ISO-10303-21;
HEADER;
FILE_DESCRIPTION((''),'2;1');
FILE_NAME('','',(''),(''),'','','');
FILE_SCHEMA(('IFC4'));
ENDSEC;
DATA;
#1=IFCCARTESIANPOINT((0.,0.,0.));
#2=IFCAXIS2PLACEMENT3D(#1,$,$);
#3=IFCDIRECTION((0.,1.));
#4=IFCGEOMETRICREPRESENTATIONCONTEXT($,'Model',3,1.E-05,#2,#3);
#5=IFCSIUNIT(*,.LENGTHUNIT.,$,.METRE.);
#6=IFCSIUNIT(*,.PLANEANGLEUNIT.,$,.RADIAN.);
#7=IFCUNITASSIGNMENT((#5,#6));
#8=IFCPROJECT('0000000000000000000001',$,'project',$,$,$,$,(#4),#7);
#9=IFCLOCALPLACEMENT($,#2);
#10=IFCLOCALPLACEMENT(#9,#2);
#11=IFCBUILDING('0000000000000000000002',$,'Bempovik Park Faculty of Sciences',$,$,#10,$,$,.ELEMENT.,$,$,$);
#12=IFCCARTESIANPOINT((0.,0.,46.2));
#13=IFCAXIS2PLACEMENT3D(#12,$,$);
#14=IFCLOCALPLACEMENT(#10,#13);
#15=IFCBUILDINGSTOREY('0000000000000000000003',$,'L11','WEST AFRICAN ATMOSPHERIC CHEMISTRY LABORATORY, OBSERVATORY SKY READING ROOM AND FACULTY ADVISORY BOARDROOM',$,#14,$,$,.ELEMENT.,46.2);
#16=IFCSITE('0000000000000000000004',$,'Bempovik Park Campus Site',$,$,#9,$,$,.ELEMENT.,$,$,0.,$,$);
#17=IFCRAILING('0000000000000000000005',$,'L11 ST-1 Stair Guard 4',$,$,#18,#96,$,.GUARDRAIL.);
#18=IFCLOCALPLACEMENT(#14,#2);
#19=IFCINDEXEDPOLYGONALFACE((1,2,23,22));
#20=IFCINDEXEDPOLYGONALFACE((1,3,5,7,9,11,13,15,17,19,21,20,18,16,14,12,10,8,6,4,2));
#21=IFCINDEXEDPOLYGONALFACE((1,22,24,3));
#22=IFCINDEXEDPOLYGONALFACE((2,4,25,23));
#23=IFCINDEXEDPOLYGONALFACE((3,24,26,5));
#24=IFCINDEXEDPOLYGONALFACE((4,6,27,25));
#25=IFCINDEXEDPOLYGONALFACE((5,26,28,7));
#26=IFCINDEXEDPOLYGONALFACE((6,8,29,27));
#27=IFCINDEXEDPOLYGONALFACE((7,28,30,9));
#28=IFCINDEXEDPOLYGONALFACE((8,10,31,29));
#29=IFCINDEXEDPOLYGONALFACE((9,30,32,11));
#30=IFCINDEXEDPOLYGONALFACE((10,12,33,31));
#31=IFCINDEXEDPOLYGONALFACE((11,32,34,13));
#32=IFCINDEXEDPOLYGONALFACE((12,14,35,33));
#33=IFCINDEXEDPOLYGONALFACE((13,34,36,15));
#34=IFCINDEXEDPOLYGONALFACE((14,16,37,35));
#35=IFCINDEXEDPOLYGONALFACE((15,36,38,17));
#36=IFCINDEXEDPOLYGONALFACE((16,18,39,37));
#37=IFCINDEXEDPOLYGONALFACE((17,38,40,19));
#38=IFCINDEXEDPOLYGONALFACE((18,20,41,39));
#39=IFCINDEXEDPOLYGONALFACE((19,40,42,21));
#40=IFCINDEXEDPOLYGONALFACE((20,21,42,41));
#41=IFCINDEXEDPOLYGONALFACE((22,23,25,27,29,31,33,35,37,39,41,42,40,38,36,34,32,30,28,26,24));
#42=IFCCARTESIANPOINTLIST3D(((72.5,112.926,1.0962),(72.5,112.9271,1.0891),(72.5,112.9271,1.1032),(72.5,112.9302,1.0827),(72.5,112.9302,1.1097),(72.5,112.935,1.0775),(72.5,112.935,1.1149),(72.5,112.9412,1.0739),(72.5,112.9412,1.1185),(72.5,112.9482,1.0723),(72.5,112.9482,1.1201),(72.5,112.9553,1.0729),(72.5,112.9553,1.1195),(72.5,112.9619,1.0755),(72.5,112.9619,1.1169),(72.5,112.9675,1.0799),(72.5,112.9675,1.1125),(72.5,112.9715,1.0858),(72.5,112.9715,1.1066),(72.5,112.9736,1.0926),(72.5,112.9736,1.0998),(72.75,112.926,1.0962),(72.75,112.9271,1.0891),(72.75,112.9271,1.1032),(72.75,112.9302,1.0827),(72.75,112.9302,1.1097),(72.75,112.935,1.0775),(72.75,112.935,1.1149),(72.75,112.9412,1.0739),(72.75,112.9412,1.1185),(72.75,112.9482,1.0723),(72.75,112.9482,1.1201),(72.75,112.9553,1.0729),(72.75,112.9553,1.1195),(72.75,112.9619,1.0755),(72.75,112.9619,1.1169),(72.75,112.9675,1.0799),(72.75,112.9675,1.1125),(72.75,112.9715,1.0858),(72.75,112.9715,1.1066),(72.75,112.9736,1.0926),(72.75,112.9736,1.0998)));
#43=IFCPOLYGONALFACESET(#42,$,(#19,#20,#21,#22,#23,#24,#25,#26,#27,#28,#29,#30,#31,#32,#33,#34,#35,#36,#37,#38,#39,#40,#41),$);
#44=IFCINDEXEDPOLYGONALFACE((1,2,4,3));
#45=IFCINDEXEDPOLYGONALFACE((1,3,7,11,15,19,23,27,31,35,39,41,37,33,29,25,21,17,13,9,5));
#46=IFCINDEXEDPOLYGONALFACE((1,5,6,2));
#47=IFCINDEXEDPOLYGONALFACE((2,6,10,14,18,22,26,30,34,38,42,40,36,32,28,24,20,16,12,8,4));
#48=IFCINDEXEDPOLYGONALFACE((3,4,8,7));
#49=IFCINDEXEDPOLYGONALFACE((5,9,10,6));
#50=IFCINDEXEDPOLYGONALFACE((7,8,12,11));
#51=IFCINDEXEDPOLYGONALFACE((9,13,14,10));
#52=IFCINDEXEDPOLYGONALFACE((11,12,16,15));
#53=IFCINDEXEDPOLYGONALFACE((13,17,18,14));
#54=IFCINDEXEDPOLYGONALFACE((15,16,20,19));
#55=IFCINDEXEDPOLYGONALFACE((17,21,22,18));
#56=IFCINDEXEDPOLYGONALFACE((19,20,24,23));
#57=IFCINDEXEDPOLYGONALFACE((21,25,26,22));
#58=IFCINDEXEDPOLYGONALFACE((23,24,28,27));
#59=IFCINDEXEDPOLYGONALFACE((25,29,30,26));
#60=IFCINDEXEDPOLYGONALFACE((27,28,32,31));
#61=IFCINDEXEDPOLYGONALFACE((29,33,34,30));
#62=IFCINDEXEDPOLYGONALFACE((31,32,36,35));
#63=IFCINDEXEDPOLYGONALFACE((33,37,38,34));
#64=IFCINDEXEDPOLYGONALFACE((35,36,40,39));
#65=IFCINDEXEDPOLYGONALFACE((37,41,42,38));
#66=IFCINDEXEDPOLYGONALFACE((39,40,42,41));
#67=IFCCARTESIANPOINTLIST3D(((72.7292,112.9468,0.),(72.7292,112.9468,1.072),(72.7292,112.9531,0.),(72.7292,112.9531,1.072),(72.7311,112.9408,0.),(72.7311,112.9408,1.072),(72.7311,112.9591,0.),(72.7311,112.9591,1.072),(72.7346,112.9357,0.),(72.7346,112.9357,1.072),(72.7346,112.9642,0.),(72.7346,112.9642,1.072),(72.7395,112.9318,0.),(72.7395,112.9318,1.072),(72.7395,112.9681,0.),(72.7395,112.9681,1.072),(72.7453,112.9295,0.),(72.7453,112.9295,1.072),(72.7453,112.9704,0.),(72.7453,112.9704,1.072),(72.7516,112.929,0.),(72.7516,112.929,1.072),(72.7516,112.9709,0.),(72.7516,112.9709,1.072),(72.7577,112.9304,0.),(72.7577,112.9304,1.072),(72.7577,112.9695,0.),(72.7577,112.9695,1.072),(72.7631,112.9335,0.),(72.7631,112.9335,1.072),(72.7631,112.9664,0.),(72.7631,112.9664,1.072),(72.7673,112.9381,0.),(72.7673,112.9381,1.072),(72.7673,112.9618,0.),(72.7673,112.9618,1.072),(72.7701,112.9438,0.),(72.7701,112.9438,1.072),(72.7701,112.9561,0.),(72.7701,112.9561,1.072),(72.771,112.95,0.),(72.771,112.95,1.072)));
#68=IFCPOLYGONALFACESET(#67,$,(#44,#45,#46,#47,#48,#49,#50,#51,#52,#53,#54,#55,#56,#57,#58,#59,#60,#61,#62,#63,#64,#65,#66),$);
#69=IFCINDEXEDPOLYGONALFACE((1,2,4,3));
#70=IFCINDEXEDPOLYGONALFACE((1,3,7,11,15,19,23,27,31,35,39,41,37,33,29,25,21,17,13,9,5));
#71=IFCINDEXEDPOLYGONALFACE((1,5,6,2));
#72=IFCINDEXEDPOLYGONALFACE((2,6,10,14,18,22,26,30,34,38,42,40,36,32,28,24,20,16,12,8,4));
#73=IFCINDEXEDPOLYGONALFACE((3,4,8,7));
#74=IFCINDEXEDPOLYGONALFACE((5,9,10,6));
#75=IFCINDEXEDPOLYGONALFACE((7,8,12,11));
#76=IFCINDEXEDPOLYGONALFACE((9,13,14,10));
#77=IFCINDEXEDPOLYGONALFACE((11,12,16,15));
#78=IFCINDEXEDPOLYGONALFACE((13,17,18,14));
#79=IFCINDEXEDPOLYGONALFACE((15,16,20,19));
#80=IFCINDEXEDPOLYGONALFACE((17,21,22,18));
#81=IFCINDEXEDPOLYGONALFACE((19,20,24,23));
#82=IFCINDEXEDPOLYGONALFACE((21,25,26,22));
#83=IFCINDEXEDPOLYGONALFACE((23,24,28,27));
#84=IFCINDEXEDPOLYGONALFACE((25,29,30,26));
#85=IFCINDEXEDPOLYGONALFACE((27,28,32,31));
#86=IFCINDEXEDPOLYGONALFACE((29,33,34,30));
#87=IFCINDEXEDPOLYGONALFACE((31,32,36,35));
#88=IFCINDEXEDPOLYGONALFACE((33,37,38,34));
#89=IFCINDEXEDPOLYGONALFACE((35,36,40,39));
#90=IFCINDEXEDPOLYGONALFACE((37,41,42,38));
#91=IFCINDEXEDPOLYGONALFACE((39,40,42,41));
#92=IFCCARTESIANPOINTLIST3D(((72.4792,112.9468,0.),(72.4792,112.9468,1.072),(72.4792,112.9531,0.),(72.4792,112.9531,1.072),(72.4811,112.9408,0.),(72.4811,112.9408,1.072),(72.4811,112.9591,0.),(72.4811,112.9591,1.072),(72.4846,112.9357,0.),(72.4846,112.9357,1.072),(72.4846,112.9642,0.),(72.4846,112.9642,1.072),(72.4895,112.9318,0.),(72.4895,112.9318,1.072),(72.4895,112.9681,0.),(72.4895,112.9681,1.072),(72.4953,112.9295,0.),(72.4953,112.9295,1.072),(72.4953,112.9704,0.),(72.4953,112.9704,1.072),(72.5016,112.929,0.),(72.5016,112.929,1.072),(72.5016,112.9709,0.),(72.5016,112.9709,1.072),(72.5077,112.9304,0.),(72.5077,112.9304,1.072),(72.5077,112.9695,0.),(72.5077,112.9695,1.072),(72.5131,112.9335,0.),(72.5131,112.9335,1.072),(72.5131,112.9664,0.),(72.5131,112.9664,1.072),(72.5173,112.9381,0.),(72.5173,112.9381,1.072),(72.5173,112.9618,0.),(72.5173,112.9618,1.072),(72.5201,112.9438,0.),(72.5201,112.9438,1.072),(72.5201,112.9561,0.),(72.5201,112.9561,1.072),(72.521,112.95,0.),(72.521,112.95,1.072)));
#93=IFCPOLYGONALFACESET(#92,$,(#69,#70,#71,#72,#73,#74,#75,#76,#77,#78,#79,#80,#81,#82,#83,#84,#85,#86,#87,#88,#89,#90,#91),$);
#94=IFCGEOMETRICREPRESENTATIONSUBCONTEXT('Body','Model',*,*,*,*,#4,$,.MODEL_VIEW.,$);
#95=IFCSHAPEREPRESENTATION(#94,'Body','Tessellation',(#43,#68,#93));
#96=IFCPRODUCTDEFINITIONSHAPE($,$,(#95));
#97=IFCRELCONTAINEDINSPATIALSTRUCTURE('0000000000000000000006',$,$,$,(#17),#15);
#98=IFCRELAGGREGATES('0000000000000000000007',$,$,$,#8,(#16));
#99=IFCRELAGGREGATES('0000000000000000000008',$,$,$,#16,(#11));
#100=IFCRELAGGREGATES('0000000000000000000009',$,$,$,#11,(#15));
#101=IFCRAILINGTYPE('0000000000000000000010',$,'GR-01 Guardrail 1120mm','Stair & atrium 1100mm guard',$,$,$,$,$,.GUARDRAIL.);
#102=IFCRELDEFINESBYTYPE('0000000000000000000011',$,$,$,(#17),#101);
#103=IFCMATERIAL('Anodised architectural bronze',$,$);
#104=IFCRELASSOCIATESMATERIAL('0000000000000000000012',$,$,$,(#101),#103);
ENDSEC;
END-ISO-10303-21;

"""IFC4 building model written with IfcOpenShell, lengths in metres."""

from ifc_helpers import new_model, si_unit, direction, frame, origin, origin_2d, place, context, subcontext, project, spatial, circle, extrude, material, type_object, element, save


model = new_model("IFC4")

# Units and contexts
model_context = context("Model", 3, precision=1e-05, world=origin(), true_north=direction((0.0, 1.0)))
body_context = subcontext(model_context, "Body", "Model", "MODEL_VIEW")
ifc_project = project(units=[si_unit("LENGTHUNIT", "METRE"), si_unit("PLANEANGLEUNIT", "RADIAN")], contexts=[model_context])

# Site, building, storey
site_placement = place(None, origin())
site = spatial("IfcSite", under=ifc_project, at=site_placement, Name="Bempovik Park Campus Site", CompositionType="ELEMENT", RefElevation=0.0)
building_placement = place(site_placement, origin())
building = spatial("IfcBuilding", under=site, at=building_placement, Name="Bempovik Park Faculty of Sciences", CompositionType="ELEMENT")
storey_placement = place(building_placement, frame((0.0, 0.0, 46.2)))
storey = spatial("IfcBuildingStorey", under=building, at=storey_placement, Name="L11", Description="WEST AFRICAN ATMOSPHERIC CHEMISTRY LABORATORY, OBSERVATORY SKY READING ROOM AND FACULTY ADVISORY BOARDROOM", CompositionType="ELEMENT", Elevation=46.2)

# Railing
ifc_material_1 = material(Name="Anodised architectural bronze")
railing_type_1 = type_object("IfcRailingType", Name="GR-01 Guardrail 1120mm", Description="Stair & atrium 1100mm guard", PredefinedType="GUARDRAIL", material=ifc_material_1)
railing_1_placement = place(storey_placement, frame((72.75, 112.95, 0.0)))
element("IfcRailing", 1, at=railing_1_placement, inside=storey, type_object=railing_type_1, Name="L11 ST-1 Stair Guard 4", PredefinedType="GUARDRAIL", context=body_context, shape_type="SweptSolid", body=[
    extrude(circle(Radius=0.0239, at=origin_2d()), frame((0.0, 0.0, 1.0962), z_axis=(-1.0, 0.0, 0.0), x_axis=(0.0, -1.0, 0.0)), (0.0, 0.0, 1.0), 0.25),
    extrude(circle(Radius=0.021, at=origin_2d()), origin(), (0.0, 0.0, 1.0), 1.072),
    extrude(circle(Radius=0.021, at=origin_2d()), frame((-0.25, 0.0, 0.0)), (0.0, 0.0, 1.0), 1.072),
])

save(model, "model.ifc")
